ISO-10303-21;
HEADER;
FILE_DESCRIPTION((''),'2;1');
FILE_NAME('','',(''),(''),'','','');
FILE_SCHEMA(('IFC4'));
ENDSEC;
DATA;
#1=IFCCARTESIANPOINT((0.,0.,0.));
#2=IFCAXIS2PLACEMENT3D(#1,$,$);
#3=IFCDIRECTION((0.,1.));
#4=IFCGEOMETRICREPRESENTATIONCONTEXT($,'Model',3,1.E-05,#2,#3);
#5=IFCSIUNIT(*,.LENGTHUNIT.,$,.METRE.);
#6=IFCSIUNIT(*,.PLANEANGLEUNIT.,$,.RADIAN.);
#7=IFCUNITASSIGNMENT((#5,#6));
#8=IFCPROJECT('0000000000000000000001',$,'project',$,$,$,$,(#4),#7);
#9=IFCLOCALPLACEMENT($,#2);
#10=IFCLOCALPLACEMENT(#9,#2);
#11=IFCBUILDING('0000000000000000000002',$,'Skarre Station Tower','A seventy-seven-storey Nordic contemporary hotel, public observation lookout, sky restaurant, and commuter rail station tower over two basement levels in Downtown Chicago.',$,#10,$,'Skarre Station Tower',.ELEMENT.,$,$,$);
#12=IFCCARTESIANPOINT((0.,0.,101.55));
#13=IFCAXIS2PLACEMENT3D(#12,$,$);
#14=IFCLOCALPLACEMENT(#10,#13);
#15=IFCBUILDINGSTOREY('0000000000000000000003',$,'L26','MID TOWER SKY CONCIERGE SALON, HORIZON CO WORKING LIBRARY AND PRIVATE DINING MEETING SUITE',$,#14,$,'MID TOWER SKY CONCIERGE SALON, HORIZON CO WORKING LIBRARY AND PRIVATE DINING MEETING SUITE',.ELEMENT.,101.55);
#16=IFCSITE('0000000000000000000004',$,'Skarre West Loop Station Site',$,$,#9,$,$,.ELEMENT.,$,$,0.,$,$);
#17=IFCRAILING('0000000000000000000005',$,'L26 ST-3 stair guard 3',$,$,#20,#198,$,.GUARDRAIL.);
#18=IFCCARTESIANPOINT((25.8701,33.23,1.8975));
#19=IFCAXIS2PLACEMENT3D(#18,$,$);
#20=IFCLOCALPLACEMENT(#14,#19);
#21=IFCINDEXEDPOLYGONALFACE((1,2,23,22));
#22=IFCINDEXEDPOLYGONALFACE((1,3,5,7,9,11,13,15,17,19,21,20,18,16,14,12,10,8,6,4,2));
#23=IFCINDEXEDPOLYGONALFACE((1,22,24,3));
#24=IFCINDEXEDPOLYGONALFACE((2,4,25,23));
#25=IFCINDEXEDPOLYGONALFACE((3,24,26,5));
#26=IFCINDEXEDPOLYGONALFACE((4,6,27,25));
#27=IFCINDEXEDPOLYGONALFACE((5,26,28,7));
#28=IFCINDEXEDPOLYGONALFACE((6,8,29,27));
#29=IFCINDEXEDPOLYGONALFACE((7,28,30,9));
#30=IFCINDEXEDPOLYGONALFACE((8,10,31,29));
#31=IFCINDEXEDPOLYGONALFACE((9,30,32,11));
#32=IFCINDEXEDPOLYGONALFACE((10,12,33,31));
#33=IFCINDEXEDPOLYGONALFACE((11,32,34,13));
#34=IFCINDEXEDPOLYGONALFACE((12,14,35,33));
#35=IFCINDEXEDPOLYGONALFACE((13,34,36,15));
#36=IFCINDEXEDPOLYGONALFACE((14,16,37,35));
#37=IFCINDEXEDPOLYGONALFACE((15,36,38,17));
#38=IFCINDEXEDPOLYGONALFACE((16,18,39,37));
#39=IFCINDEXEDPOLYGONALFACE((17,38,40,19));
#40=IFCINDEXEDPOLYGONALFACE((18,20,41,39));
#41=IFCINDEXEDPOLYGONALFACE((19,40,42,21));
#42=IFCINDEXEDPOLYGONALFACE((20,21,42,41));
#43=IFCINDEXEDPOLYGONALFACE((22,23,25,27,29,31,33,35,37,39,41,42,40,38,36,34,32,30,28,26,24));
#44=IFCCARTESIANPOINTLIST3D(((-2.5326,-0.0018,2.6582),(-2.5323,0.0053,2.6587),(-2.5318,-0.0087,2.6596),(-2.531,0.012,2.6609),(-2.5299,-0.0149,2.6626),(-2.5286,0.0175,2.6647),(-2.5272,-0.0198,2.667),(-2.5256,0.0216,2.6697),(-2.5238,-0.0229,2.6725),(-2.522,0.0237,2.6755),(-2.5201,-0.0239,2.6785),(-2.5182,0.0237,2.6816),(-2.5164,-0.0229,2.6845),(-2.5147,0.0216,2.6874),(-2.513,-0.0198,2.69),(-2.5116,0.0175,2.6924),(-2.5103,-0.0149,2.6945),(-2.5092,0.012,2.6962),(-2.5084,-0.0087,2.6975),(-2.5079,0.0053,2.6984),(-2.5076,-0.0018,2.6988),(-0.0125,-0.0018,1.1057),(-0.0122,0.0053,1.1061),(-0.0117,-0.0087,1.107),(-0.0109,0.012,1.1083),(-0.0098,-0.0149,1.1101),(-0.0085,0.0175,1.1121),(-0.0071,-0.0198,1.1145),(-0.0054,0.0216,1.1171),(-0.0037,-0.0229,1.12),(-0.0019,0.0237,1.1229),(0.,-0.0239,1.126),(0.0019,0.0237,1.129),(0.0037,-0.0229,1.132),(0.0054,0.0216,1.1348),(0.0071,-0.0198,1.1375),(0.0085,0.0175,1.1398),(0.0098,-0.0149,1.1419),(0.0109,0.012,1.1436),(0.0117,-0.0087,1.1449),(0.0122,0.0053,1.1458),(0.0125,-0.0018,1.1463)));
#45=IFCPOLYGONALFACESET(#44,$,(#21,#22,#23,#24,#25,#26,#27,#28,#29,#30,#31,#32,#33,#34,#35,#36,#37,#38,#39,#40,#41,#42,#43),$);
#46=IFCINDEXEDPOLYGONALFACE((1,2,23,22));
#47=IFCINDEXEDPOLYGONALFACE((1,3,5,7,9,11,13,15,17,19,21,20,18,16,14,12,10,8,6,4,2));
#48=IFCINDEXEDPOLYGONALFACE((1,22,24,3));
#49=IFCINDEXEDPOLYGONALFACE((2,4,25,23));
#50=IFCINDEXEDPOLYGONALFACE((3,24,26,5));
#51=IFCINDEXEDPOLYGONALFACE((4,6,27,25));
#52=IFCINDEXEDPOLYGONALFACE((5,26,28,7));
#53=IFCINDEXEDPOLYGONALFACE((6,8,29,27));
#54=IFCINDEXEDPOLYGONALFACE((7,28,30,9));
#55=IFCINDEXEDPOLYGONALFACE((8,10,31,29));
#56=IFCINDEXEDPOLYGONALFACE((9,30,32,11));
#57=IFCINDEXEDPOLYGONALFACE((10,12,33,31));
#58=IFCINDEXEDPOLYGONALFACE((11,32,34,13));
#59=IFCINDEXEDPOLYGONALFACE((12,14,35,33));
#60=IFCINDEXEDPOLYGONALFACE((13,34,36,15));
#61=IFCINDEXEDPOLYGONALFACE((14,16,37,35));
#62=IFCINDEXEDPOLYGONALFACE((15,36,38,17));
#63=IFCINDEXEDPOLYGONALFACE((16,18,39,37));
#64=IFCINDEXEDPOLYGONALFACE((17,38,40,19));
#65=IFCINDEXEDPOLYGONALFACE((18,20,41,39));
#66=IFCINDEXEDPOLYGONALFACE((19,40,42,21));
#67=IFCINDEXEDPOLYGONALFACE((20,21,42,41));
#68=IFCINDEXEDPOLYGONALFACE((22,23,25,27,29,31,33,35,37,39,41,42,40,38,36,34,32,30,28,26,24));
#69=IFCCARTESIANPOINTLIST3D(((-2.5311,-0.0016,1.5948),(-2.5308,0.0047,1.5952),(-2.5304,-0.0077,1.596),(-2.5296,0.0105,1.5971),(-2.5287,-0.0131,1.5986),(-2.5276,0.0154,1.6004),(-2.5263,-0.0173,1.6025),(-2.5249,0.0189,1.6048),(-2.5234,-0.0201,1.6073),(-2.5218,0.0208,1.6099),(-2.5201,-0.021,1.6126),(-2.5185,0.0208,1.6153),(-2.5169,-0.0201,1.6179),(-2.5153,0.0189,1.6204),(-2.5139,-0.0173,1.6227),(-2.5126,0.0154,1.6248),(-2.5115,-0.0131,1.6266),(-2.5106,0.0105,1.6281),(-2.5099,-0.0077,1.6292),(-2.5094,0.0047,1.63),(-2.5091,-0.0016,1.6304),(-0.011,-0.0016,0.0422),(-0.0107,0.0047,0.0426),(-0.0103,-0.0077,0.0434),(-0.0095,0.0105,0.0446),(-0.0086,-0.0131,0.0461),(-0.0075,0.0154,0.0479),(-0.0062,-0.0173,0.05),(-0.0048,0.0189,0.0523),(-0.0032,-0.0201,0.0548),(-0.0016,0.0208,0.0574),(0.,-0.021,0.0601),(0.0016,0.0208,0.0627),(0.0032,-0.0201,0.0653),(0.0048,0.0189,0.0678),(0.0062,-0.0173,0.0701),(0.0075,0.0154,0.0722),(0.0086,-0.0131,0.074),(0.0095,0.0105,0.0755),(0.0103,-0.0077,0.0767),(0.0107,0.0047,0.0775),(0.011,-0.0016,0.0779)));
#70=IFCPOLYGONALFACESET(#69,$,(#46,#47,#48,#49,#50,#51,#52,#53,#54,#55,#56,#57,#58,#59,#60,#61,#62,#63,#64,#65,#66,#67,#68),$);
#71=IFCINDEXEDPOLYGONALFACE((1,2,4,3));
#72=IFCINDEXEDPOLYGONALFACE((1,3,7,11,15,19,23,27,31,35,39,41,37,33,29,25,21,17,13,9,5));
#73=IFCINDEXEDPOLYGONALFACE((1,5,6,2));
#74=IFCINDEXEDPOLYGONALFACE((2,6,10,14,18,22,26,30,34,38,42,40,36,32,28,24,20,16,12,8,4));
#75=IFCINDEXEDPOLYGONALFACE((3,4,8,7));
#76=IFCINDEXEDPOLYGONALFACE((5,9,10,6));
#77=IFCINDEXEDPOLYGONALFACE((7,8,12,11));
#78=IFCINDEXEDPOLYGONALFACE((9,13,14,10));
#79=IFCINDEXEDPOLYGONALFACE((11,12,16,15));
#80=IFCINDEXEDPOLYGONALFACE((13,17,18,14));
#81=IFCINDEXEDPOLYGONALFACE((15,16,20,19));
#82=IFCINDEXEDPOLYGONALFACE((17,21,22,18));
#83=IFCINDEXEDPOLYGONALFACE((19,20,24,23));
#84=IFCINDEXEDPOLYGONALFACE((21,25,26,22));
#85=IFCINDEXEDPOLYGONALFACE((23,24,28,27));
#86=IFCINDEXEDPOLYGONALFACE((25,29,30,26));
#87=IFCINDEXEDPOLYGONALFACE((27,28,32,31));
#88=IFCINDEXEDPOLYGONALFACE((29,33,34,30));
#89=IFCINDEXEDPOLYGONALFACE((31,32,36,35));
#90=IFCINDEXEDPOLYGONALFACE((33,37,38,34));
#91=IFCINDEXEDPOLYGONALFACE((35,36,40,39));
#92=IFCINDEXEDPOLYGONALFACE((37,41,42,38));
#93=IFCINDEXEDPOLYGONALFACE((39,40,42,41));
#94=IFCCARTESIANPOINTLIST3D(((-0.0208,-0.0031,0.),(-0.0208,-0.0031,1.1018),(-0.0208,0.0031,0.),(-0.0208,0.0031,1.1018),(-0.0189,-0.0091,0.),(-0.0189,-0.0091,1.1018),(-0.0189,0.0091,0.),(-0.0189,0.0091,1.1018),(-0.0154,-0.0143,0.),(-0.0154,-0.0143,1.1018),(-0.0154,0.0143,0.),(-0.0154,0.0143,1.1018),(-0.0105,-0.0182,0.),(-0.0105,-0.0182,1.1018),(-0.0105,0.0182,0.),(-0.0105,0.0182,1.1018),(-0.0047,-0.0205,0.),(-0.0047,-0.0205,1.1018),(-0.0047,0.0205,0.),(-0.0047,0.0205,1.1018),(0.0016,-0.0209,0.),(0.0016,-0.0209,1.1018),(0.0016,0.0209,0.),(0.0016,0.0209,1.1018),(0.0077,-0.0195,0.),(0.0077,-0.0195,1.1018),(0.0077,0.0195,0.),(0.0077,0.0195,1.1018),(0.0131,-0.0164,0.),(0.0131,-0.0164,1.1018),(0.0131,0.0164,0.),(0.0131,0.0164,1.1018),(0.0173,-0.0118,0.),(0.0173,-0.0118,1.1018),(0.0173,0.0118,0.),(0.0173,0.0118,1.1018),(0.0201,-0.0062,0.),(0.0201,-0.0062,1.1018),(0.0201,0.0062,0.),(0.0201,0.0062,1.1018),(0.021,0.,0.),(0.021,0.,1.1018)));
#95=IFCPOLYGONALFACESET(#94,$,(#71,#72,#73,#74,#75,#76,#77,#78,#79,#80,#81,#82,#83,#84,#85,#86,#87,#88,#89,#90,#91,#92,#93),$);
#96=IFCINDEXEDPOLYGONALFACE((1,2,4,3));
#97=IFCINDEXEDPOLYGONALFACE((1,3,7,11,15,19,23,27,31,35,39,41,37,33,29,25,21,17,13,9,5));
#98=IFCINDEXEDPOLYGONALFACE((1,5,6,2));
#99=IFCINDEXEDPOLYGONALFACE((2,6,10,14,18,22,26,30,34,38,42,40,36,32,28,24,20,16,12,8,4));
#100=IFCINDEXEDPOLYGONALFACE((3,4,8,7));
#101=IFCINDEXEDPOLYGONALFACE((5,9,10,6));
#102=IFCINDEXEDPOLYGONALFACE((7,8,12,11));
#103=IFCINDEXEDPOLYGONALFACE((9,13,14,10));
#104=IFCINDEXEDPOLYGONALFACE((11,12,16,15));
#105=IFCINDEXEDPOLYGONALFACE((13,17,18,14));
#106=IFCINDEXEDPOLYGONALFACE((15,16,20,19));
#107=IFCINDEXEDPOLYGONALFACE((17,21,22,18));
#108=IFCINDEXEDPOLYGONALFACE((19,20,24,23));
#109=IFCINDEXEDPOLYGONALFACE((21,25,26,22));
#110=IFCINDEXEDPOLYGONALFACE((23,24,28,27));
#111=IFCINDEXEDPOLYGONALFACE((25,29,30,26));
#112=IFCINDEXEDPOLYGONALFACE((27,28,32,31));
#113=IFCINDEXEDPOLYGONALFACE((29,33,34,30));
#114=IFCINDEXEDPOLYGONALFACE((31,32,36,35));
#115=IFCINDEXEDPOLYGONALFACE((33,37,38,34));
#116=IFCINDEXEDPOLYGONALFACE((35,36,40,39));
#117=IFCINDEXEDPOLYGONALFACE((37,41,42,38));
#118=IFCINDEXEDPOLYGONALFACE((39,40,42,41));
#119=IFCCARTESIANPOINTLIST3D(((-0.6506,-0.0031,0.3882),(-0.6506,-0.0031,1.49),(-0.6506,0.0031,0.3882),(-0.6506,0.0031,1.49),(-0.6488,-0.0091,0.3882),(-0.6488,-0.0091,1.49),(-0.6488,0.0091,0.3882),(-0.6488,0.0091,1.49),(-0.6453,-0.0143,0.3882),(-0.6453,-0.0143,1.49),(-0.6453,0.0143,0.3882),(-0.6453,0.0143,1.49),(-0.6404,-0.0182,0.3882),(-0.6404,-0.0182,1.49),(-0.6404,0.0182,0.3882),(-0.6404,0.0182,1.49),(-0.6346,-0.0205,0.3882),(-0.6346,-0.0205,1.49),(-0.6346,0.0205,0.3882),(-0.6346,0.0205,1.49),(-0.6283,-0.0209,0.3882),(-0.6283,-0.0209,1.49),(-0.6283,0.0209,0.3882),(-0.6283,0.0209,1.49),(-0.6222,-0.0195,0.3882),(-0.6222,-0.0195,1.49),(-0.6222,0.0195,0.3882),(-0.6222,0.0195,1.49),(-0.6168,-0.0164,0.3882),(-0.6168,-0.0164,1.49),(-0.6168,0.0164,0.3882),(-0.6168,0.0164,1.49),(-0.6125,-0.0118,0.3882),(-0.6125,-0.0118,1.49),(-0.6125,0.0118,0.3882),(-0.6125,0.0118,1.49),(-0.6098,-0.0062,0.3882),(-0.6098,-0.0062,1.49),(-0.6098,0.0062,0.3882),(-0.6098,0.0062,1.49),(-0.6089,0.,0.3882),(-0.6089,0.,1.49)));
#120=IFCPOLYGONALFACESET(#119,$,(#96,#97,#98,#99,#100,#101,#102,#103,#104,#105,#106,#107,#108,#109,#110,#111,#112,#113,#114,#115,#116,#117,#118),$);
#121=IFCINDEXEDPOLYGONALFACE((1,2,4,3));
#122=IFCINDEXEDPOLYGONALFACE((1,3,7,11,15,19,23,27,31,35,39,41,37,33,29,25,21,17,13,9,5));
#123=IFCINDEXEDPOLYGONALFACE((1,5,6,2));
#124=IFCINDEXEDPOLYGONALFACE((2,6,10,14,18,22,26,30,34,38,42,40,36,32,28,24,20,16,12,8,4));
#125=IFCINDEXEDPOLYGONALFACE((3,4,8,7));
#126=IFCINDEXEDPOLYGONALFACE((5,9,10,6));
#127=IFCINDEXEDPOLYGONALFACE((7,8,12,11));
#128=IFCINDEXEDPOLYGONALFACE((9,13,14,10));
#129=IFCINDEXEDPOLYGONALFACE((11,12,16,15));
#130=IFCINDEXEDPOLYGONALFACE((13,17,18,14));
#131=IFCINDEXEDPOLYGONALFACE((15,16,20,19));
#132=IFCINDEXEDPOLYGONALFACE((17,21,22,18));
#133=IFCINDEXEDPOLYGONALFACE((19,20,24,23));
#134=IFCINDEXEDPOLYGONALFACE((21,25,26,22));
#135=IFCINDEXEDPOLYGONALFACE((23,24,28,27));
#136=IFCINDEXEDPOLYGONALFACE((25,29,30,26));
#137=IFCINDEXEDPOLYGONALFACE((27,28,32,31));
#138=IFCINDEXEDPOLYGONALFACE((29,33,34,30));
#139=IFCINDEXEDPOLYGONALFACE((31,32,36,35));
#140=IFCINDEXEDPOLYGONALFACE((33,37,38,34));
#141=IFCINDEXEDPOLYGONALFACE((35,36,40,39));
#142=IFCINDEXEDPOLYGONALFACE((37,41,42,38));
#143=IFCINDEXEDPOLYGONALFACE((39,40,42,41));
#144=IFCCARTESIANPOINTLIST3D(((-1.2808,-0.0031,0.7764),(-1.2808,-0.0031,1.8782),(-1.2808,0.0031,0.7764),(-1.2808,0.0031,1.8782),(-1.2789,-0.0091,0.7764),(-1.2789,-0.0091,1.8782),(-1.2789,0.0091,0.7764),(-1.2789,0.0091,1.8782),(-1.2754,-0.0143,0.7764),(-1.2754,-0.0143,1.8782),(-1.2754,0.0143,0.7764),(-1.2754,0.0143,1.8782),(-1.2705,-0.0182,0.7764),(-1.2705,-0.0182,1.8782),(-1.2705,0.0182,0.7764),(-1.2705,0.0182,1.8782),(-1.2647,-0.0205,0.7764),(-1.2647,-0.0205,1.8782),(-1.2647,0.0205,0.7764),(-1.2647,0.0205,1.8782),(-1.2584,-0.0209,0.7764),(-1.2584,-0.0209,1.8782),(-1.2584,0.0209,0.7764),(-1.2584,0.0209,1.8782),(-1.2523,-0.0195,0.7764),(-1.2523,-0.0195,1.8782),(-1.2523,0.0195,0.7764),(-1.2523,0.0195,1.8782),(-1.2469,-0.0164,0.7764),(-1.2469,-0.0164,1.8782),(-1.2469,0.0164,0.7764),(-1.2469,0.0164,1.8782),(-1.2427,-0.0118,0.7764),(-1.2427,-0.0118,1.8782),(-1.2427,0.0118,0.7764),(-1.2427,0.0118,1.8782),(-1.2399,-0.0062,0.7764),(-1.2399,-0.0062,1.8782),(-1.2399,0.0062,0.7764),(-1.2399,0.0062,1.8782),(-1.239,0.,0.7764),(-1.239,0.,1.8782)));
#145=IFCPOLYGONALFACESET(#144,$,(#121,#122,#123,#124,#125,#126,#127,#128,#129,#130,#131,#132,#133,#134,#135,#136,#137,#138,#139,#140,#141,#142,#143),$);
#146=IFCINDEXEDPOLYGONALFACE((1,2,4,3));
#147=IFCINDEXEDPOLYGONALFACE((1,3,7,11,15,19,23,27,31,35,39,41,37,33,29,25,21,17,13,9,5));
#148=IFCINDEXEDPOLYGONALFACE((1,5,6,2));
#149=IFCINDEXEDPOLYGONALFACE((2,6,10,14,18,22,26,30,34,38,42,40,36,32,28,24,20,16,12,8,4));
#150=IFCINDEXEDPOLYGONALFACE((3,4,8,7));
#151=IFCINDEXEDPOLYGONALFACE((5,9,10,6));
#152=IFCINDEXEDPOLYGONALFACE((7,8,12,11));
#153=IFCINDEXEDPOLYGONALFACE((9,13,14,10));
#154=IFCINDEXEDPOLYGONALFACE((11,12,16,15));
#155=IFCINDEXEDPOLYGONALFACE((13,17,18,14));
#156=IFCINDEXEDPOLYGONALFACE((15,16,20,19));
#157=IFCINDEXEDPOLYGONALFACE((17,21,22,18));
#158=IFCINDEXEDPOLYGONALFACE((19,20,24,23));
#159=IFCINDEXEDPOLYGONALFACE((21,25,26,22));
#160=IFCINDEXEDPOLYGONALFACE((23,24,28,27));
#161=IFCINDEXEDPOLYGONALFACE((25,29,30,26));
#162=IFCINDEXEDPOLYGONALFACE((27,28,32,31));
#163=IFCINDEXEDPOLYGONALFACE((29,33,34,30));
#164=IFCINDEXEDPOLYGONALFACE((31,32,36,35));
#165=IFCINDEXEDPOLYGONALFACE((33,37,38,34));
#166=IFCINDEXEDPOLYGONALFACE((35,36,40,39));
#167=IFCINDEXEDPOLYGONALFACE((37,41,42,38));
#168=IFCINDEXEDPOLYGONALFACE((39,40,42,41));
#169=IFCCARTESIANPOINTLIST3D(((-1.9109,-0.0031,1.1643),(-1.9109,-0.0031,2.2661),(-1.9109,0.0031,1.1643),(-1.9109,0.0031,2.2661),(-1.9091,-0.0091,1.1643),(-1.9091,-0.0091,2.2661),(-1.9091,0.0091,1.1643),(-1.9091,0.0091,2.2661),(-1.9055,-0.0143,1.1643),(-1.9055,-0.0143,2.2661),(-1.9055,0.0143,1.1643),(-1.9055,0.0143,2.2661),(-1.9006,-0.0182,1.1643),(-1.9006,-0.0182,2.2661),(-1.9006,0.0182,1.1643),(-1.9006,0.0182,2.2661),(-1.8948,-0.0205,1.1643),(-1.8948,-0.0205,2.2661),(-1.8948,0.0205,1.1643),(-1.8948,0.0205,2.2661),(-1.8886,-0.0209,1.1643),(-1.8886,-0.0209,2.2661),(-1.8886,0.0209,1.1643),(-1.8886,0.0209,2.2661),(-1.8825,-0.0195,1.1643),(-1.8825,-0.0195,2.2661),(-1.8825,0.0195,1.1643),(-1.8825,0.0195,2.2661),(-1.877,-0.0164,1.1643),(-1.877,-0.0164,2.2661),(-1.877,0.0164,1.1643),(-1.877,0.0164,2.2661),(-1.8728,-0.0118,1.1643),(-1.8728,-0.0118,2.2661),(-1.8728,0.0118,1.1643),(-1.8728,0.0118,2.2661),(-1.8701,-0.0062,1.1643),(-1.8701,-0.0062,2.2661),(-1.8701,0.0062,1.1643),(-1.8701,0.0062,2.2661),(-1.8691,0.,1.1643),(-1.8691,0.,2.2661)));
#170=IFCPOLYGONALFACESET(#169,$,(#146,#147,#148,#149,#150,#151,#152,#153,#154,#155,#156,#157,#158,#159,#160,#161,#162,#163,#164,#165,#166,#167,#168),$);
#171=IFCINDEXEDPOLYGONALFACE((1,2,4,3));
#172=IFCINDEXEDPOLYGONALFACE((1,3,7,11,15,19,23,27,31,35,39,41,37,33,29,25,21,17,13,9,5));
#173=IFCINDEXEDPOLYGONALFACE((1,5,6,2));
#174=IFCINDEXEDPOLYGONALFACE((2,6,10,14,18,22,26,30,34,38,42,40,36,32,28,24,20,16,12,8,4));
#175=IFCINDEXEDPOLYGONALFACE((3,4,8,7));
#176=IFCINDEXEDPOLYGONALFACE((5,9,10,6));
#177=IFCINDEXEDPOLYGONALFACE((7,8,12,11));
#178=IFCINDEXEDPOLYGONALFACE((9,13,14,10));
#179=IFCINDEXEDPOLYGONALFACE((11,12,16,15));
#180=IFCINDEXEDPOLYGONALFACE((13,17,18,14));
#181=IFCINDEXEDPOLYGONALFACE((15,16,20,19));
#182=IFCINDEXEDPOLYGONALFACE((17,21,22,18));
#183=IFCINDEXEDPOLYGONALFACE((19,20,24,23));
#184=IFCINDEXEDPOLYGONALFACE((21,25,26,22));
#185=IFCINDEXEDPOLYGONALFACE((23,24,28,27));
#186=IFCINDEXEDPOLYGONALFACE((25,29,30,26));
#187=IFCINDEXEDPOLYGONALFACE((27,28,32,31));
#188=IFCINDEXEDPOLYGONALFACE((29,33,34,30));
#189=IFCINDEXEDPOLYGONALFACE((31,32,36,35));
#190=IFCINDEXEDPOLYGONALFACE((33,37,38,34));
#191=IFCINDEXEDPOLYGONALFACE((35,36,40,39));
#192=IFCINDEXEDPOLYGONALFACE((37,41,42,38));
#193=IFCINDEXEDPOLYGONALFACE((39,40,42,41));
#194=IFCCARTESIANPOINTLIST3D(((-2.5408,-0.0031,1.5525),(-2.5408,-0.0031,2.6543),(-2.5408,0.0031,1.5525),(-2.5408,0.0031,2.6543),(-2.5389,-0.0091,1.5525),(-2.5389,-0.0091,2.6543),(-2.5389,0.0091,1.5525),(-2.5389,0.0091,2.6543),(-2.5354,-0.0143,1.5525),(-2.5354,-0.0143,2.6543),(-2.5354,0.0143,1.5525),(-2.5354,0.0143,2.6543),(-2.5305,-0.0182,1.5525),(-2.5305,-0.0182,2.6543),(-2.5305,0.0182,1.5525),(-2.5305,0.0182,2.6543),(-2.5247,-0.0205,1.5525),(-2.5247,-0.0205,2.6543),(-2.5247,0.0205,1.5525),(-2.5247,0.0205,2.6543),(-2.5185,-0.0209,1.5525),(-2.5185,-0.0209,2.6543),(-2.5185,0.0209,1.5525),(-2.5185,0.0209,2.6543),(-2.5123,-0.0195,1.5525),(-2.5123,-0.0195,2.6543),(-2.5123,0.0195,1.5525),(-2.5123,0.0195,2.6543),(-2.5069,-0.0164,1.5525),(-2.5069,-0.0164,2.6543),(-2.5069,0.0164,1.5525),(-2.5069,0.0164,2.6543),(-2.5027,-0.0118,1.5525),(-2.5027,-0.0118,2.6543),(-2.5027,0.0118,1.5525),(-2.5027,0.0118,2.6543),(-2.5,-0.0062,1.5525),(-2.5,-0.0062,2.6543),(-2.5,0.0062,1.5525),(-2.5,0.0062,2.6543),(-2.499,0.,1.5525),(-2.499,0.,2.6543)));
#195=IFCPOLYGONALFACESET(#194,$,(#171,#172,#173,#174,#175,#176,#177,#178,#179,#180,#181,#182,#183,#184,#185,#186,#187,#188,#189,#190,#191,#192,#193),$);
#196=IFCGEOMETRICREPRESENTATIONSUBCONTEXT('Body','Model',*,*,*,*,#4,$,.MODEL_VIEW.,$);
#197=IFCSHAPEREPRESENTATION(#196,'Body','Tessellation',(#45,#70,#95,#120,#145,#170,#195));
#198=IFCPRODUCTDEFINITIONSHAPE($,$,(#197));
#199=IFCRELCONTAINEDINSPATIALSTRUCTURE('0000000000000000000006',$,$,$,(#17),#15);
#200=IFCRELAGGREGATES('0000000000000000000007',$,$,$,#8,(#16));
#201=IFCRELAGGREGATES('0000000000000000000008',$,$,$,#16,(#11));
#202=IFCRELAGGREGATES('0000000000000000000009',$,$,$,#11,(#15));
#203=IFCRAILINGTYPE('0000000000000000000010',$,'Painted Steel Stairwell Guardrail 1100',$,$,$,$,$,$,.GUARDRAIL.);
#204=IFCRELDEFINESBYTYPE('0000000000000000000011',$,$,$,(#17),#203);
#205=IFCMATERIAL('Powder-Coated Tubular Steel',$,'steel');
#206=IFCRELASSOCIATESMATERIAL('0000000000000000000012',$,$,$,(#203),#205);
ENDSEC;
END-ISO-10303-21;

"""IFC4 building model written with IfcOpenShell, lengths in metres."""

from ifc_helpers import new_model, si_unit, direction, frame, origin, origin_2d, place, context, subcontext, project, spatial, circle, extrude, material, type_object, element, save


model = new_model("IFC4")

# Units and contexts
model_context = context("Model", 3, precision=1e-05, world=origin(), true_north=direction((0.0, 1.0)))
body_context = subcontext(model_context, "Body", "Model", "MODEL_VIEW")
ifc_project = project(units=[si_unit("LENGTHUNIT", "METRE"), si_unit("PLANEANGLEUNIT", "RADIAN")], contexts=[model_context])

# Site, building, storey
site_placement = place(None, origin())
site = spatial("IfcSite", under=ifc_project, at=site_placement, Name="Skarre West Loop Station Site", CompositionType="ELEMENT", RefElevation=0.0)
building_placement = place(site_placement, origin())
building = spatial("IfcBuilding", under=site, at=building_placement, Name="Skarre Station Tower", Description="A seventy-seven-storey Nordic contemporary hotel, public observation lookout, sky restaurant, and commuter rail station tower over two basement levels in Downtown Chicago.", LongName="Skarre Station Tower", CompositionType="ELEMENT")
storey_placement = place(building_placement, frame((0.0, 0.0, 101.55)))
storey = spatial("IfcBuildingStorey", under=building, at=storey_placement, Name="L26", Description="MID TOWER SKY CONCIERGE SALON, HORIZON CO WORKING LIBRARY AND PRIVATE DINING MEETING SUITE", LongName="MID TOWER SKY CONCIERGE SALON, HORIZON CO WORKING LIBRARY AND PRIVATE DINING MEETING SUITE", CompositionType="ELEMENT", Elevation=101.55)

# Railing
ifc_material_1 = material(Name="Powder-Coated Tubular Steel", Category="steel")
railing_type_1 = type_object("IfcRailingType", Name="Painted Steel Stairwell Guardrail 1100", PredefinedType="GUARDRAIL", material=ifc_material_1)
railing_1_placement = place(storey_placement, frame((25.8701, 33.23, 1.8975)))
element("IfcRailing", 1, at=railing_1_placement, inside=storey, type_object=railing_type_1, Name="L26 ST-3 stair guard 3", PredefinedType="GUARDRAIL", context=body_context, shape_type="SweptSolid", body=[
    extrude(circle(Radius=0.0239, at=origin_2d()), frame((0.0, 0.0, 1.126), z_axis=(-0.8514, 0.0, 0.524516), x_axis=(0.0, -1.0, 0.0)), (0.0, 0.0, 1.0), 2.96),
    extrude(circle(Radius=0.021, at=origin_2d()), frame((0.0, 0.0, 0.0601), z_axis=(-0.8514, 0.0, 0.524516), x_axis=(0.0, -1.0, 0.0)), (0.0, 0.0, 1.0), 2.96),
    extrude(circle(Radius=0.021, at=origin_2d()), origin(), (0.0, 0.0, 1.0), 1.1018),
    extrude(circle(Radius=0.021, at=origin_2d()), frame((-0.6299, 0.0, 0.3882)), (0.0, 0.0, 1.0), 1.1018),
    extrude(circle(Radius=0.021, at=origin_2d()), frame((-1.26, 0.0, 0.7764)), (0.0, 0.0, 1.0), 1.1018),
    extrude(circle(Radius=0.021, at=origin_2d()), frame((-1.8901, 0.0, 1.1643)), (0.0, 0.0, 1.0), 1.1018),
    extrude(circle(Radius=0.021, at=origin_2d()), frame((-2.52, 0.0, 1.5525)), (0.0, 0.0, 1.0), 1.1018),
])

save(model, "model.ifc")
